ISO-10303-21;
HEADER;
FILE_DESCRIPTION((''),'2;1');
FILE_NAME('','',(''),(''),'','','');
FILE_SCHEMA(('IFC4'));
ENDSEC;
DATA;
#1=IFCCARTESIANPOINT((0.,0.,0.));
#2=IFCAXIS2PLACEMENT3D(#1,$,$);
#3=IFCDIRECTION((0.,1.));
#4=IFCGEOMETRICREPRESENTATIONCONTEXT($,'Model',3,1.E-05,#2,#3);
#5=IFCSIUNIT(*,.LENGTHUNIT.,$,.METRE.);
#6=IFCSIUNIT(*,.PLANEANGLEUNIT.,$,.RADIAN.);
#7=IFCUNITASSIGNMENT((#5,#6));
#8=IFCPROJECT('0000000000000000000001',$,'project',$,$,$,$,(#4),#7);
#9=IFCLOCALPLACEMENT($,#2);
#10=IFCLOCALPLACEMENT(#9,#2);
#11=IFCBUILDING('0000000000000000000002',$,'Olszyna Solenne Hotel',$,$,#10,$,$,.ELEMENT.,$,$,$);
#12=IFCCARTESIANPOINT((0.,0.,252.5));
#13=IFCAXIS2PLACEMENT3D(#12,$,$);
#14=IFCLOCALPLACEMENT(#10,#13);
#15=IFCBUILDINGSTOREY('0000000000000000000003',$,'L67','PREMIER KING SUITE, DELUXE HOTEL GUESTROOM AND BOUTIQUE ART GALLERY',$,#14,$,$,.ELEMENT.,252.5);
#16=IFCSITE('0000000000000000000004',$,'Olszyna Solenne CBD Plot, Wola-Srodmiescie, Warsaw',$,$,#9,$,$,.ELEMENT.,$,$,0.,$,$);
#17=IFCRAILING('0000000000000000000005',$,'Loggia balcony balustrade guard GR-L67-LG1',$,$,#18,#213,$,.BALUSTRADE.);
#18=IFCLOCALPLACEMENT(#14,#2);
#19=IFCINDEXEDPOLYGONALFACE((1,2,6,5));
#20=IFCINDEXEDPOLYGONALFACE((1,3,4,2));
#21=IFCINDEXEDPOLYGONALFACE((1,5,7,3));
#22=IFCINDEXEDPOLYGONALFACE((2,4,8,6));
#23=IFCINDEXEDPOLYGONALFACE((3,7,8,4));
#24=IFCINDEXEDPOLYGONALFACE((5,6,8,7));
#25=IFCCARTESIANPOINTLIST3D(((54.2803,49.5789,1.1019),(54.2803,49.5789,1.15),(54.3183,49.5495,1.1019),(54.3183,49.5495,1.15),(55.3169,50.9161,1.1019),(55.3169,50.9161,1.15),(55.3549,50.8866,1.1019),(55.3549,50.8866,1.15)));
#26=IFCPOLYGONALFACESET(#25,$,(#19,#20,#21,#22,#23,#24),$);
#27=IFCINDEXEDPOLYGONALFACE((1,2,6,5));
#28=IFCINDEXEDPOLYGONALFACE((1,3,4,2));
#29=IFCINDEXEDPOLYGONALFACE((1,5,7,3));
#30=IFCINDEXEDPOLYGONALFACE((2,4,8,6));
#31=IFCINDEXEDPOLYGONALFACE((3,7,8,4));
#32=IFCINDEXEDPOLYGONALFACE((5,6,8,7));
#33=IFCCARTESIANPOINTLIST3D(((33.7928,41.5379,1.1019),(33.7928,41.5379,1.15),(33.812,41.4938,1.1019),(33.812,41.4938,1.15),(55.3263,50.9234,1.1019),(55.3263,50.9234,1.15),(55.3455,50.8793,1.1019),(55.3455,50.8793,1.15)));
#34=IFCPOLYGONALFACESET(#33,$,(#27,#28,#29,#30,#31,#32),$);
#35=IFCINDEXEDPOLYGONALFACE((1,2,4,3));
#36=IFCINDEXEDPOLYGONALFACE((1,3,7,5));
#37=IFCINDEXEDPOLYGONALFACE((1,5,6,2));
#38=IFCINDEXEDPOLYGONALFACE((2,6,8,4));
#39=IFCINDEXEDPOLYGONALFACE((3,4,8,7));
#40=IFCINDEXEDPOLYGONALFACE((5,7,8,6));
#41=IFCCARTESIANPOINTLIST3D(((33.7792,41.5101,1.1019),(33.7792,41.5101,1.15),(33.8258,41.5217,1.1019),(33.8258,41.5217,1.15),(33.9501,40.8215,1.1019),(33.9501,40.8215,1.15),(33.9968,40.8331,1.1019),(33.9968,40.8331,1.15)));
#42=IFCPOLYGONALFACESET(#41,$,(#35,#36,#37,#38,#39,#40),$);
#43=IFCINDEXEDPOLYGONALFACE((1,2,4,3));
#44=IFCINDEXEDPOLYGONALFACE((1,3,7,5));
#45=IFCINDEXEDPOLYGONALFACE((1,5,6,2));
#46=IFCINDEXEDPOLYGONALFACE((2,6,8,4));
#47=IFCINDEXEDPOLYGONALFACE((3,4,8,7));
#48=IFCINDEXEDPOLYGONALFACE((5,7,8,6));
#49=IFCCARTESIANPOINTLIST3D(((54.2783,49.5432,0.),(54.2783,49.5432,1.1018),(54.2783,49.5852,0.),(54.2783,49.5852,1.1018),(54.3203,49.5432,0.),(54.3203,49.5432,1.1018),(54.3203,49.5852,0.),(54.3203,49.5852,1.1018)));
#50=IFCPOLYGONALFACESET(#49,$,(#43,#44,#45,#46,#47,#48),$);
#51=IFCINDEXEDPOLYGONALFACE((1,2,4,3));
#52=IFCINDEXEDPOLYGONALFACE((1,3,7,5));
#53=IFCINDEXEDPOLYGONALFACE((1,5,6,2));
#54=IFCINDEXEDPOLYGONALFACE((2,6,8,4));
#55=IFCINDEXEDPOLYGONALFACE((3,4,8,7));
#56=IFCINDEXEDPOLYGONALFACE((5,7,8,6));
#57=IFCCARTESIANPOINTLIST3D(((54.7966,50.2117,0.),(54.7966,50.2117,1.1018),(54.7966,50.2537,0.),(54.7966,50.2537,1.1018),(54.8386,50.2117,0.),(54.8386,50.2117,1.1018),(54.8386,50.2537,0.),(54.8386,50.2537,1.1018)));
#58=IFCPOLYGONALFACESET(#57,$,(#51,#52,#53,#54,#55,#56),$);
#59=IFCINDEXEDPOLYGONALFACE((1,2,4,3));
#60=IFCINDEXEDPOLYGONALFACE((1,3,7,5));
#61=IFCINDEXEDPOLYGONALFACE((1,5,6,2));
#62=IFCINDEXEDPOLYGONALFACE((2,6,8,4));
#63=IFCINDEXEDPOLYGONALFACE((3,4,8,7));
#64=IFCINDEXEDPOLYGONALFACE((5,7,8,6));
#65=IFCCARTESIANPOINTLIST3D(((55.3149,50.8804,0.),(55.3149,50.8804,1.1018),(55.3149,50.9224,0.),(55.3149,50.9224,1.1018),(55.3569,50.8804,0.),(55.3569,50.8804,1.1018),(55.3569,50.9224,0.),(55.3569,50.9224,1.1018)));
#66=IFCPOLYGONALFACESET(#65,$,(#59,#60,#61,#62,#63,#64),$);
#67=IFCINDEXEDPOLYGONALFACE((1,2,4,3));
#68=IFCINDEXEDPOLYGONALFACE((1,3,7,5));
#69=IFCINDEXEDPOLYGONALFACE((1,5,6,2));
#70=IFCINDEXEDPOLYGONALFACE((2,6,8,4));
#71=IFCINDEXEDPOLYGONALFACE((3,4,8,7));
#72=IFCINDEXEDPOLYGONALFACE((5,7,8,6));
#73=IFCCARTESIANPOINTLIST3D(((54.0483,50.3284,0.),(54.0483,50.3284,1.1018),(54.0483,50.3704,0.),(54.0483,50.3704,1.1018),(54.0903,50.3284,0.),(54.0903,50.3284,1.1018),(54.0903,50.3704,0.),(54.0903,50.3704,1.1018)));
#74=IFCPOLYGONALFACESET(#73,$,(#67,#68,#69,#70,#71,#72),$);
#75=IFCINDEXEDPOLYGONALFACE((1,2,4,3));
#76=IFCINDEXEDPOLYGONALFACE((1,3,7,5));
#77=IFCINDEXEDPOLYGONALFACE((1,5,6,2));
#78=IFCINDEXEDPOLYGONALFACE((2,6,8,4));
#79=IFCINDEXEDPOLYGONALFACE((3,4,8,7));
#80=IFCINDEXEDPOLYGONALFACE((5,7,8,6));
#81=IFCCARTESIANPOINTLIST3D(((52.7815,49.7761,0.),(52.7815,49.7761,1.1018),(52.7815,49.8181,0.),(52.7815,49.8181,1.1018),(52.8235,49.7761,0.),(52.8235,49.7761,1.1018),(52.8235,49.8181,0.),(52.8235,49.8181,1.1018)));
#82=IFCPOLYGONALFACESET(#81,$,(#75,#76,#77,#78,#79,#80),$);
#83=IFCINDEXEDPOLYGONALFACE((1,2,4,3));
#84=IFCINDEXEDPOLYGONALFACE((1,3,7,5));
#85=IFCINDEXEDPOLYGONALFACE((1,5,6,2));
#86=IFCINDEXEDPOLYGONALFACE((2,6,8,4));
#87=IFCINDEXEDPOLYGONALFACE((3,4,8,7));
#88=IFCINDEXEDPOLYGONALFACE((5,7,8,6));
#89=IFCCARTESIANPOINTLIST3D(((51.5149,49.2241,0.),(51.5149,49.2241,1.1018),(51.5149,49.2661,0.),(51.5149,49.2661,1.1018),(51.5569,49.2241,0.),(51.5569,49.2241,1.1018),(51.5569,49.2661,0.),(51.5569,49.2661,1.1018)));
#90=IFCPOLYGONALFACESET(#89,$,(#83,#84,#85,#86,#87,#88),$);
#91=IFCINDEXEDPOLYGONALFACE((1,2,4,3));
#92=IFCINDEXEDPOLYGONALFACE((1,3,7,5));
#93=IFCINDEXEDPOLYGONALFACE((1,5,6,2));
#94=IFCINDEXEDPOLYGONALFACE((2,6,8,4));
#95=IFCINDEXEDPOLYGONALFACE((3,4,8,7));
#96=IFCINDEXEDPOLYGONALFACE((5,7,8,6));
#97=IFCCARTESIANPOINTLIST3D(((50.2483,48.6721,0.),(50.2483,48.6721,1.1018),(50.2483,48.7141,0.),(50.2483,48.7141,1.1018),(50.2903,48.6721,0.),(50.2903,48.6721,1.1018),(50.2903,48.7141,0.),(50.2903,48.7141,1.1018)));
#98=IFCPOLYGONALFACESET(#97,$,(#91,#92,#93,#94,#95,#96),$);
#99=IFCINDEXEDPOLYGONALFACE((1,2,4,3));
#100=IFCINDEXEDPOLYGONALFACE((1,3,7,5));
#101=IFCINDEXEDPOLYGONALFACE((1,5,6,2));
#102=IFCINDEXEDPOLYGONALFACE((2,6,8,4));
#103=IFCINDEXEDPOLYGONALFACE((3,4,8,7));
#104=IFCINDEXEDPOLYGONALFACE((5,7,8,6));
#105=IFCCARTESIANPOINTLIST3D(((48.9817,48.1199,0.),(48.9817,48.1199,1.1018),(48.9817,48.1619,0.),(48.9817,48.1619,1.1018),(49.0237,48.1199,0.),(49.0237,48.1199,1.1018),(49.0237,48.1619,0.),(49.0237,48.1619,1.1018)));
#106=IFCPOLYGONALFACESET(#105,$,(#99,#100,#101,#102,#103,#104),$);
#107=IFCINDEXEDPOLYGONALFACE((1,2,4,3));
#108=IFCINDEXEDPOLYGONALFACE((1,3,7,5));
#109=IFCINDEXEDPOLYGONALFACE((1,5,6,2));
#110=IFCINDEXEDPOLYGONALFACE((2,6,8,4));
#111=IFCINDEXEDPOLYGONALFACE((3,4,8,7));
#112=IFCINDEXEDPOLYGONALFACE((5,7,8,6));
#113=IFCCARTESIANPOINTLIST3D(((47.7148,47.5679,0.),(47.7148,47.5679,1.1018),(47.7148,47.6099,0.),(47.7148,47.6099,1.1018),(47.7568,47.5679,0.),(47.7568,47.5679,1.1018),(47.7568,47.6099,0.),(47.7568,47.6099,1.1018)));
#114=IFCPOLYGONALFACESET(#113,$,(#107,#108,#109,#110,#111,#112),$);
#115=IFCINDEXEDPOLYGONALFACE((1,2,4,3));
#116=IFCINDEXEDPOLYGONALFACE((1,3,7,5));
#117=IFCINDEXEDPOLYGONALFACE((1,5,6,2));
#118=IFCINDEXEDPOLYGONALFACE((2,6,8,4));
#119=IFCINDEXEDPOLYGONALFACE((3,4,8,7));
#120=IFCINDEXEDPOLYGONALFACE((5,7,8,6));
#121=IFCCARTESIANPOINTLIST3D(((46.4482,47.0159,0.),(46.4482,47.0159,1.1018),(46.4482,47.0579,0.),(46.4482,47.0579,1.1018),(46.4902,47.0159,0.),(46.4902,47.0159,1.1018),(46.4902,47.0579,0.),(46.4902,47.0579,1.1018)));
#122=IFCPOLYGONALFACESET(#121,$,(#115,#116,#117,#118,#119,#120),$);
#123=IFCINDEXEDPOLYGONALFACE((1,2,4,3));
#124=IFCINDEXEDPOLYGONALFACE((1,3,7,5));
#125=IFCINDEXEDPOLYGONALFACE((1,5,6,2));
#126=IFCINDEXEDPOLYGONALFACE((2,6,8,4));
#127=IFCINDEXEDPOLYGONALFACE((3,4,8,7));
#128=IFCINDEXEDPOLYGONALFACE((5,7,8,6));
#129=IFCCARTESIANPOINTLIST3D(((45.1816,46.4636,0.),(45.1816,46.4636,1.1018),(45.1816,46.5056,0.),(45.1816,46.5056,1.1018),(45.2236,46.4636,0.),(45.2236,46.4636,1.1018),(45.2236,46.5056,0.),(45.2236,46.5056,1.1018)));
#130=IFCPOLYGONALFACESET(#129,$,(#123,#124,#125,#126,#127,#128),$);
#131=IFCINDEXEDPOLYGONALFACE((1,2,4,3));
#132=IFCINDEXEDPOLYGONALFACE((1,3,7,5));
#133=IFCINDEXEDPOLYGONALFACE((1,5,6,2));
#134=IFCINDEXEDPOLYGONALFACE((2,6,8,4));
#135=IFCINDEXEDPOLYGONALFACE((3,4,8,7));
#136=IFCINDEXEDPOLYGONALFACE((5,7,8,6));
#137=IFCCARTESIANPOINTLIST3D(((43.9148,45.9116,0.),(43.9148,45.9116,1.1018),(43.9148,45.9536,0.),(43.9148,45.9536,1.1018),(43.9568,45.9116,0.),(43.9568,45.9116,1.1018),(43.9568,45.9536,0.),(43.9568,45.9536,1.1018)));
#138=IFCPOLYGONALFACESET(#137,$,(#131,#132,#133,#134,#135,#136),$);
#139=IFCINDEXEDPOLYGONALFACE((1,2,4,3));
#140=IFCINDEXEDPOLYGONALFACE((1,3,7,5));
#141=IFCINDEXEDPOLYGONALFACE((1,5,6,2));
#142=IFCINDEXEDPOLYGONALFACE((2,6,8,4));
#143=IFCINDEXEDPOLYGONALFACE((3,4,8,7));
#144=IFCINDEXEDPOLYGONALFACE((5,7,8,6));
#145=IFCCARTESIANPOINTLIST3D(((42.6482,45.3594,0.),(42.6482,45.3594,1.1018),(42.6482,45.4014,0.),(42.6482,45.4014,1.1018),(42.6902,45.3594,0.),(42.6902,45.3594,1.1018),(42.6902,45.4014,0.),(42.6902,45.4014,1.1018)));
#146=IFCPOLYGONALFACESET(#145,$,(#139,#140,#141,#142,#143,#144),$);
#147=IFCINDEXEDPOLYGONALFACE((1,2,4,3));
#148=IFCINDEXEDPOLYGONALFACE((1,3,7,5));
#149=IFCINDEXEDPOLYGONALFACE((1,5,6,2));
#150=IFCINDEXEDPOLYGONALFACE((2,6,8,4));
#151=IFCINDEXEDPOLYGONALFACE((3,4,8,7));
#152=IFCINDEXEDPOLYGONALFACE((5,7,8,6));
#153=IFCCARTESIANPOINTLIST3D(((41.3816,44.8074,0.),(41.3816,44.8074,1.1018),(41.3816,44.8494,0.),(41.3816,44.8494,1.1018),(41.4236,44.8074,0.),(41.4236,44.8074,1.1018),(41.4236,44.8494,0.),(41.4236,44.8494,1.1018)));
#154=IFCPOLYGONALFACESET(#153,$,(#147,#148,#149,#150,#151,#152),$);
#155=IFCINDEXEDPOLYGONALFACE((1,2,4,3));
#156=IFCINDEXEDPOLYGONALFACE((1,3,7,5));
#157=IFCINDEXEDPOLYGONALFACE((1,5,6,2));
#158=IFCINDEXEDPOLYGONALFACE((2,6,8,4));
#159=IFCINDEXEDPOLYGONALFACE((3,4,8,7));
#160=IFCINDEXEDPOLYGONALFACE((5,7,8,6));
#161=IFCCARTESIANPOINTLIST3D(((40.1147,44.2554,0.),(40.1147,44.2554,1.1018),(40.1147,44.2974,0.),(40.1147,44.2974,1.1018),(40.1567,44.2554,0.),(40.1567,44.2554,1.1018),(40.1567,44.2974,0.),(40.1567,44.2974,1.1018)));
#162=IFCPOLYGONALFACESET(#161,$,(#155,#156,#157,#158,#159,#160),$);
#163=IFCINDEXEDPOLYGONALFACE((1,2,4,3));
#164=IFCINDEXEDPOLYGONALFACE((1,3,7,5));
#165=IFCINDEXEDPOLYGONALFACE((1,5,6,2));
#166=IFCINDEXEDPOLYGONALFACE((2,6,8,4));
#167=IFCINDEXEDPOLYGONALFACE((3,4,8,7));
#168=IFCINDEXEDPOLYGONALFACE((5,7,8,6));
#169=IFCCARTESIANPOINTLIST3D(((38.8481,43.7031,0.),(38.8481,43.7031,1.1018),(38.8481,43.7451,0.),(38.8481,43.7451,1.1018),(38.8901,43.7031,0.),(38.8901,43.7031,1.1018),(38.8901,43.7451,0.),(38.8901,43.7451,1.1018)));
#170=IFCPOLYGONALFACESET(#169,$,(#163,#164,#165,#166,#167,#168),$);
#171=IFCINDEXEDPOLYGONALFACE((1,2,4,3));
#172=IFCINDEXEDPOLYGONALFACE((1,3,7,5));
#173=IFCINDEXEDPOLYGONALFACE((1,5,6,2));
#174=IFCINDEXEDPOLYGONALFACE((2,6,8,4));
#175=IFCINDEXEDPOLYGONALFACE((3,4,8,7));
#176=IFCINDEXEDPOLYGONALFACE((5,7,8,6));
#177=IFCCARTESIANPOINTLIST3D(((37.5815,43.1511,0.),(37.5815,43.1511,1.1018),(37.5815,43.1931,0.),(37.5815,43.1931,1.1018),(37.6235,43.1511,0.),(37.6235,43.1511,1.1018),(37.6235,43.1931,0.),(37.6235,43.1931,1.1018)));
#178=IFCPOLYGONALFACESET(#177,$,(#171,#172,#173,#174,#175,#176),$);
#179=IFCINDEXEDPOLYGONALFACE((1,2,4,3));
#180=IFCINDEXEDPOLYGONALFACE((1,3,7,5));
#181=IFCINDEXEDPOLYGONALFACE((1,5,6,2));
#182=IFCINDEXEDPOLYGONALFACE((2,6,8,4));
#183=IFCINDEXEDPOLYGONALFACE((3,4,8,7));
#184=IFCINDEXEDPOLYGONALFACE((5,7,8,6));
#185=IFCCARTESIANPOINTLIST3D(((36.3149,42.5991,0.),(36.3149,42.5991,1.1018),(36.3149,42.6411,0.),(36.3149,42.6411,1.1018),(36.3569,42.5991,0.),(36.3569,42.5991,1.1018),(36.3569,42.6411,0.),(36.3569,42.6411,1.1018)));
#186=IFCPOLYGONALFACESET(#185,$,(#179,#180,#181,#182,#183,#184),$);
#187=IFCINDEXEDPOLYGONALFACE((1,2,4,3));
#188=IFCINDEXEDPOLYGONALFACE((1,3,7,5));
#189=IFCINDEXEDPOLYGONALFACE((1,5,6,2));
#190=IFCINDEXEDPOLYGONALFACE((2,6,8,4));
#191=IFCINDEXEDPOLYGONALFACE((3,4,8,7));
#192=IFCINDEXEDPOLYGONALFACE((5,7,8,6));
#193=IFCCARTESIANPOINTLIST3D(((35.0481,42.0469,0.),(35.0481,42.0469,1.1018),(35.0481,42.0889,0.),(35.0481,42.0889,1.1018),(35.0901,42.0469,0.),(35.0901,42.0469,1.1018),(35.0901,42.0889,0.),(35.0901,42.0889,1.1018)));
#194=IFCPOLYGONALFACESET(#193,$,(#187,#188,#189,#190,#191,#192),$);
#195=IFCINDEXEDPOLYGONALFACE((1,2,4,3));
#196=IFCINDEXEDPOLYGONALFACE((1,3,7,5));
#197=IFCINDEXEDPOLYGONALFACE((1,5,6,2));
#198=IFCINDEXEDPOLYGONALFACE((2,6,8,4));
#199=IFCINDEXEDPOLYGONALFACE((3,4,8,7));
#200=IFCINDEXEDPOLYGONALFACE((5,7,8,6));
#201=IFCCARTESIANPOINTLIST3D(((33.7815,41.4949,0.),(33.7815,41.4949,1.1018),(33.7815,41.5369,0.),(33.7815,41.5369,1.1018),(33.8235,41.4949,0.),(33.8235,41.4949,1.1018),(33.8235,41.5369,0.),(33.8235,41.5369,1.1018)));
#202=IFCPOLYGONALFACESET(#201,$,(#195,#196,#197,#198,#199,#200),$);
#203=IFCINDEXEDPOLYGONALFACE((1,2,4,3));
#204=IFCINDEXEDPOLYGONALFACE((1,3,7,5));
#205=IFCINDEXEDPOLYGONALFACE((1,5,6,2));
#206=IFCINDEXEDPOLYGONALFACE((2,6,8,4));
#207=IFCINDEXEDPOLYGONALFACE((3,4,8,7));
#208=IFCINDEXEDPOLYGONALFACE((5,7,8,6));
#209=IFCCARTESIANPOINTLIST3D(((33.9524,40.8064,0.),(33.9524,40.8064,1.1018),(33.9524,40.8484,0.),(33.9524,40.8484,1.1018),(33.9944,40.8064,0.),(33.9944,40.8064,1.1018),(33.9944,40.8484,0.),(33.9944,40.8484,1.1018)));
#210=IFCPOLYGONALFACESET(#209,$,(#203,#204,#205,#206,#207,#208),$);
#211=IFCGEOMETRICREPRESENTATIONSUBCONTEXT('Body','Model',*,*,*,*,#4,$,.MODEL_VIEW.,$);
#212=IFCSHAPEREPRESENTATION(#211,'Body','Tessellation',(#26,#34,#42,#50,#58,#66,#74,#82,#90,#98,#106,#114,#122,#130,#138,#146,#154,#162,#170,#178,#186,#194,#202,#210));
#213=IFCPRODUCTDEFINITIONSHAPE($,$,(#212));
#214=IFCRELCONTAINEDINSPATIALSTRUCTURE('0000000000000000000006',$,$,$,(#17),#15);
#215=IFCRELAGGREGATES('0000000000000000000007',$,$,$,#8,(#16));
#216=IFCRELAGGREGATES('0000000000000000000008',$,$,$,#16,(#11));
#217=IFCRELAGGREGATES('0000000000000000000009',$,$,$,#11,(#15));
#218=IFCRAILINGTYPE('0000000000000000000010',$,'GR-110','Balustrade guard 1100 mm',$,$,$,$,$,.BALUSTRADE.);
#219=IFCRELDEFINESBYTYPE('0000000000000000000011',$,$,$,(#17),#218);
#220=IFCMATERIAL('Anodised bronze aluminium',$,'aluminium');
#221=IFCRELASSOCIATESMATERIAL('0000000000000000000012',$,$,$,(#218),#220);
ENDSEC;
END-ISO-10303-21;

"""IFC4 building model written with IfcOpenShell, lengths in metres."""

from ifc_helpers import new_model, si_unit, direction, frame, origin, origin_2d, place, context, subcontext, project, spatial, rectangle, extrude, material, type_object, element, save


model = new_model("IFC4")

# Units and contexts
model_context = context("Model", 3, precision=1e-05, world=origin(), true_north=direction((0.0, 1.0)))
body_context = subcontext(model_context, "Body", "Model", "MODEL_VIEW")
ifc_project = project(units=[si_unit("LENGTHUNIT", "METRE"), si_unit("PLANEANGLEUNIT", "RADIAN")], contexts=[model_context])

# Site, building, storey
site_placement = place(None, origin())
site = spatial("IfcSite", under=ifc_project, at=site_placement, Name="Olszyna Solenne CBD Plot, Wola-Srodmiescie, Warsaw", CompositionType="ELEMENT", RefElevation=0.0)
building_placement = place(site_placement, origin())
building = spatial("IfcBuilding", under=site, at=building_placement, Name="Olszyna Solenne Hotel", CompositionType="ELEMENT")
storey_placement = place(building_placement, frame((0.0, 0.0, 252.5)))
storey = spatial("IfcBuildingStorey", under=building, at=storey_placement, Name="L67", Description="PREMIER KING SUITE, DELUXE HOTEL GUESTROOM AND BOUTIQUE ART GALLERY", CompositionType="ELEMENT", Elevation=252.5)

# Railing
ifc_material_1 = material(Name="Anodised bronze aluminium", Category="aluminium")
railing_type = type_object("IfcRailingType", Name="GR-110", Description="Balustrade guard 1100 mm", PredefinedType="BALUSTRADE", material=ifc_material_1)
railing_placement = place(storey_placement, frame((54.2993, 49.5642, 0.0)))
element("IfcRailing", 1, at=railing_placement, inside=storey, type_object=railing_type, Name="Loggia balcony balustrade guard GR-L67-LG1", PredefinedType="BALUSTRADE", context=body_context, shape_type="SweptSolid", body=[
    extrude(rectangle(XDim=0.0481, YDim=0.0481, at=origin_2d()), frame((0.0, 0.0, 1.126), z_axis=(0.612691, 0.790322, 0.0), x_axis=(-0.790322, 0.612691, 0.0)), (0.0, 0.0, 1.0), 1.6919),
    extrude(rectangle(XDim=0.0481, YDim=0.0481, at=origin_2d()), frame((1.0366, 1.3372, 1.126), z_axis=(-0.91671, -0.399554, 0.0), x_axis=(0.399554, -0.91671, 0.0)), (0.0, 0.0, 1.0), 23.49),
    extrude(rectangle(XDim=0.0481, YDim=0.0481, at=origin_2d()), frame((-20.4968, -8.0483, 1.126), z_axis=(0.240916, -0.970546, 0.0), x_axis=(0.970546, 0.240916, 0.0)), (0.0, 0.0, 1.0), 0.7095),
    extrude(rectangle(XDim=0.042, YDim=0.042, at=origin_2d()), origin(), (0.0, 0.0, 1.0), 1.1018),
    extrude(rectangle(XDim=0.042, YDim=0.042, at=origin_2d()), frame((0.5183, 0.6685, 0.0)), (0.0, 0.0, 1.0), 1.1018),
    extrude(rectangle(XDim=0.042, YDim=0.042, at=origin_2d()), frame((1.0366, 1.3372, 0.0)), (0.0, 0.0, 1.0), 1.1018),
    extrude(rectangle(XDim=0.042, YDim=0.042, at=origin_2d()), frame((-0.23, 0.7852, 0.0)), (0.0, 0.0, 1.0), 1.1018),
    extrude(rectangle(XDim=0.042, YDim=0.042, at=origin_2d()), frame((-1.4968, 0.2329, 0.0)), (0.0, 0.0, 1.0), 1.1018),
    extrude(rectangle(XDim=0.042, YDim=0.042, at=origin_2d()), frame((-2.7634, -0.3191, 0.0)), (0.0, 0.0, 1.0), 1.1018),
    extrude(rectangle(XDim=0.042, YDim=0.042, at=origin_2d()), frame((-4.03, -0.8711, 0.0)), (0.0, 0.0, 1.0), 1.1018),
    extrude(rectangle(XDim=0.042, YDim=0.042, at=origin_2d()), frame((-5.2966, -1.4233, 0.0)), (0.0, 0.0, 1.0), 1.1018),
    extrude(rectangle(XDim=0.042, YDim=0.042, at=origin_2d()), frame((-6.5635, -1.9753, 0.0)), (0.0, 0.0, 1.0), 1.1018),
    extrude(rectangle(XDim=0.042, YDim=0.042, at=origin_2d()), frame((-7.8301, -2.5273, 0.0)), (0.0, 0.0, 1.0), 1.1018),
    extrude(rectangle(XDim=0.042, YDim=0.042, at=origin_2d()), frame((-9.0967, -3.0796, 0.0)), (0.0, 0.0, 1.0), 1.1018),
    extrude(rectangle(XDim=0.042, YDim=0.042, at=origin_2d()), frame((-10.3635, -3.6316, 0.0)), (0.0, 0.0, 1.0), 1.1018),
    extrude(rectangle(XDim=0.042, YDim=0.042, at=origin_2d()), frame((-11.6301, -4.1838, 0.0)), (0.0, 0.0, 1.0), 1.1018),
    extrude(rectangle(XDim=0.042, YDim=0.042, at=origin_2d()), frame((-12.8967, -4.7358, 0.0)), (0.0, 0.0, 1.0), 1.1018),
    extrude(rectangle(XDim=0.042, YDim=0.042, at=origin_2d()), frame((-14.1636, -5.2878, 0.0)), (0.0, 0.0, 1.0), 1.1018),
    extrude(rectangle(XDim=0.042, YDim=0.042, at=origin_2d()), frame((-15.4302, -5.8401, 0.0)), (0.0, 0.0, 1.0), 1.1018),
    extrude(rectangle(XDim=0.042, YDim=0.042, at=origin_2d()), frame((-16.6968, -6.3921, 0.0)), (0.0, 0.0, 1.0), 1.1018),
    extrude(rectangle(XDim=0.042, YDim=0.042, at=origin_2d()), frame((-17.9634, -6.9441, 0.0)), (0.0, 0.0, 1.0), 1.1018),
    extrude(rectangle(XDim=0.042, YDim=0.042, at=origin_2d()), frame((-19.2302, -7.4963, 0.0)), (0.0, 0.0, 1.0), 1.1018),
    extrude(rectangle(XDim=0.042, YDim=0.042, at=origin_2d()), frame((-20.4968, -8.0483, 0.0)), (0.0, 0.0, 1.0), 1.1018),
    extrude(rectangle(XDim=0.042, YDim=0.042, at=origin_2d()), frame((-20.3259, -8.7368, 0.0)), (0.0, 0.0, 1.0), 1.1018),
])

save(model, "model.ifc")
